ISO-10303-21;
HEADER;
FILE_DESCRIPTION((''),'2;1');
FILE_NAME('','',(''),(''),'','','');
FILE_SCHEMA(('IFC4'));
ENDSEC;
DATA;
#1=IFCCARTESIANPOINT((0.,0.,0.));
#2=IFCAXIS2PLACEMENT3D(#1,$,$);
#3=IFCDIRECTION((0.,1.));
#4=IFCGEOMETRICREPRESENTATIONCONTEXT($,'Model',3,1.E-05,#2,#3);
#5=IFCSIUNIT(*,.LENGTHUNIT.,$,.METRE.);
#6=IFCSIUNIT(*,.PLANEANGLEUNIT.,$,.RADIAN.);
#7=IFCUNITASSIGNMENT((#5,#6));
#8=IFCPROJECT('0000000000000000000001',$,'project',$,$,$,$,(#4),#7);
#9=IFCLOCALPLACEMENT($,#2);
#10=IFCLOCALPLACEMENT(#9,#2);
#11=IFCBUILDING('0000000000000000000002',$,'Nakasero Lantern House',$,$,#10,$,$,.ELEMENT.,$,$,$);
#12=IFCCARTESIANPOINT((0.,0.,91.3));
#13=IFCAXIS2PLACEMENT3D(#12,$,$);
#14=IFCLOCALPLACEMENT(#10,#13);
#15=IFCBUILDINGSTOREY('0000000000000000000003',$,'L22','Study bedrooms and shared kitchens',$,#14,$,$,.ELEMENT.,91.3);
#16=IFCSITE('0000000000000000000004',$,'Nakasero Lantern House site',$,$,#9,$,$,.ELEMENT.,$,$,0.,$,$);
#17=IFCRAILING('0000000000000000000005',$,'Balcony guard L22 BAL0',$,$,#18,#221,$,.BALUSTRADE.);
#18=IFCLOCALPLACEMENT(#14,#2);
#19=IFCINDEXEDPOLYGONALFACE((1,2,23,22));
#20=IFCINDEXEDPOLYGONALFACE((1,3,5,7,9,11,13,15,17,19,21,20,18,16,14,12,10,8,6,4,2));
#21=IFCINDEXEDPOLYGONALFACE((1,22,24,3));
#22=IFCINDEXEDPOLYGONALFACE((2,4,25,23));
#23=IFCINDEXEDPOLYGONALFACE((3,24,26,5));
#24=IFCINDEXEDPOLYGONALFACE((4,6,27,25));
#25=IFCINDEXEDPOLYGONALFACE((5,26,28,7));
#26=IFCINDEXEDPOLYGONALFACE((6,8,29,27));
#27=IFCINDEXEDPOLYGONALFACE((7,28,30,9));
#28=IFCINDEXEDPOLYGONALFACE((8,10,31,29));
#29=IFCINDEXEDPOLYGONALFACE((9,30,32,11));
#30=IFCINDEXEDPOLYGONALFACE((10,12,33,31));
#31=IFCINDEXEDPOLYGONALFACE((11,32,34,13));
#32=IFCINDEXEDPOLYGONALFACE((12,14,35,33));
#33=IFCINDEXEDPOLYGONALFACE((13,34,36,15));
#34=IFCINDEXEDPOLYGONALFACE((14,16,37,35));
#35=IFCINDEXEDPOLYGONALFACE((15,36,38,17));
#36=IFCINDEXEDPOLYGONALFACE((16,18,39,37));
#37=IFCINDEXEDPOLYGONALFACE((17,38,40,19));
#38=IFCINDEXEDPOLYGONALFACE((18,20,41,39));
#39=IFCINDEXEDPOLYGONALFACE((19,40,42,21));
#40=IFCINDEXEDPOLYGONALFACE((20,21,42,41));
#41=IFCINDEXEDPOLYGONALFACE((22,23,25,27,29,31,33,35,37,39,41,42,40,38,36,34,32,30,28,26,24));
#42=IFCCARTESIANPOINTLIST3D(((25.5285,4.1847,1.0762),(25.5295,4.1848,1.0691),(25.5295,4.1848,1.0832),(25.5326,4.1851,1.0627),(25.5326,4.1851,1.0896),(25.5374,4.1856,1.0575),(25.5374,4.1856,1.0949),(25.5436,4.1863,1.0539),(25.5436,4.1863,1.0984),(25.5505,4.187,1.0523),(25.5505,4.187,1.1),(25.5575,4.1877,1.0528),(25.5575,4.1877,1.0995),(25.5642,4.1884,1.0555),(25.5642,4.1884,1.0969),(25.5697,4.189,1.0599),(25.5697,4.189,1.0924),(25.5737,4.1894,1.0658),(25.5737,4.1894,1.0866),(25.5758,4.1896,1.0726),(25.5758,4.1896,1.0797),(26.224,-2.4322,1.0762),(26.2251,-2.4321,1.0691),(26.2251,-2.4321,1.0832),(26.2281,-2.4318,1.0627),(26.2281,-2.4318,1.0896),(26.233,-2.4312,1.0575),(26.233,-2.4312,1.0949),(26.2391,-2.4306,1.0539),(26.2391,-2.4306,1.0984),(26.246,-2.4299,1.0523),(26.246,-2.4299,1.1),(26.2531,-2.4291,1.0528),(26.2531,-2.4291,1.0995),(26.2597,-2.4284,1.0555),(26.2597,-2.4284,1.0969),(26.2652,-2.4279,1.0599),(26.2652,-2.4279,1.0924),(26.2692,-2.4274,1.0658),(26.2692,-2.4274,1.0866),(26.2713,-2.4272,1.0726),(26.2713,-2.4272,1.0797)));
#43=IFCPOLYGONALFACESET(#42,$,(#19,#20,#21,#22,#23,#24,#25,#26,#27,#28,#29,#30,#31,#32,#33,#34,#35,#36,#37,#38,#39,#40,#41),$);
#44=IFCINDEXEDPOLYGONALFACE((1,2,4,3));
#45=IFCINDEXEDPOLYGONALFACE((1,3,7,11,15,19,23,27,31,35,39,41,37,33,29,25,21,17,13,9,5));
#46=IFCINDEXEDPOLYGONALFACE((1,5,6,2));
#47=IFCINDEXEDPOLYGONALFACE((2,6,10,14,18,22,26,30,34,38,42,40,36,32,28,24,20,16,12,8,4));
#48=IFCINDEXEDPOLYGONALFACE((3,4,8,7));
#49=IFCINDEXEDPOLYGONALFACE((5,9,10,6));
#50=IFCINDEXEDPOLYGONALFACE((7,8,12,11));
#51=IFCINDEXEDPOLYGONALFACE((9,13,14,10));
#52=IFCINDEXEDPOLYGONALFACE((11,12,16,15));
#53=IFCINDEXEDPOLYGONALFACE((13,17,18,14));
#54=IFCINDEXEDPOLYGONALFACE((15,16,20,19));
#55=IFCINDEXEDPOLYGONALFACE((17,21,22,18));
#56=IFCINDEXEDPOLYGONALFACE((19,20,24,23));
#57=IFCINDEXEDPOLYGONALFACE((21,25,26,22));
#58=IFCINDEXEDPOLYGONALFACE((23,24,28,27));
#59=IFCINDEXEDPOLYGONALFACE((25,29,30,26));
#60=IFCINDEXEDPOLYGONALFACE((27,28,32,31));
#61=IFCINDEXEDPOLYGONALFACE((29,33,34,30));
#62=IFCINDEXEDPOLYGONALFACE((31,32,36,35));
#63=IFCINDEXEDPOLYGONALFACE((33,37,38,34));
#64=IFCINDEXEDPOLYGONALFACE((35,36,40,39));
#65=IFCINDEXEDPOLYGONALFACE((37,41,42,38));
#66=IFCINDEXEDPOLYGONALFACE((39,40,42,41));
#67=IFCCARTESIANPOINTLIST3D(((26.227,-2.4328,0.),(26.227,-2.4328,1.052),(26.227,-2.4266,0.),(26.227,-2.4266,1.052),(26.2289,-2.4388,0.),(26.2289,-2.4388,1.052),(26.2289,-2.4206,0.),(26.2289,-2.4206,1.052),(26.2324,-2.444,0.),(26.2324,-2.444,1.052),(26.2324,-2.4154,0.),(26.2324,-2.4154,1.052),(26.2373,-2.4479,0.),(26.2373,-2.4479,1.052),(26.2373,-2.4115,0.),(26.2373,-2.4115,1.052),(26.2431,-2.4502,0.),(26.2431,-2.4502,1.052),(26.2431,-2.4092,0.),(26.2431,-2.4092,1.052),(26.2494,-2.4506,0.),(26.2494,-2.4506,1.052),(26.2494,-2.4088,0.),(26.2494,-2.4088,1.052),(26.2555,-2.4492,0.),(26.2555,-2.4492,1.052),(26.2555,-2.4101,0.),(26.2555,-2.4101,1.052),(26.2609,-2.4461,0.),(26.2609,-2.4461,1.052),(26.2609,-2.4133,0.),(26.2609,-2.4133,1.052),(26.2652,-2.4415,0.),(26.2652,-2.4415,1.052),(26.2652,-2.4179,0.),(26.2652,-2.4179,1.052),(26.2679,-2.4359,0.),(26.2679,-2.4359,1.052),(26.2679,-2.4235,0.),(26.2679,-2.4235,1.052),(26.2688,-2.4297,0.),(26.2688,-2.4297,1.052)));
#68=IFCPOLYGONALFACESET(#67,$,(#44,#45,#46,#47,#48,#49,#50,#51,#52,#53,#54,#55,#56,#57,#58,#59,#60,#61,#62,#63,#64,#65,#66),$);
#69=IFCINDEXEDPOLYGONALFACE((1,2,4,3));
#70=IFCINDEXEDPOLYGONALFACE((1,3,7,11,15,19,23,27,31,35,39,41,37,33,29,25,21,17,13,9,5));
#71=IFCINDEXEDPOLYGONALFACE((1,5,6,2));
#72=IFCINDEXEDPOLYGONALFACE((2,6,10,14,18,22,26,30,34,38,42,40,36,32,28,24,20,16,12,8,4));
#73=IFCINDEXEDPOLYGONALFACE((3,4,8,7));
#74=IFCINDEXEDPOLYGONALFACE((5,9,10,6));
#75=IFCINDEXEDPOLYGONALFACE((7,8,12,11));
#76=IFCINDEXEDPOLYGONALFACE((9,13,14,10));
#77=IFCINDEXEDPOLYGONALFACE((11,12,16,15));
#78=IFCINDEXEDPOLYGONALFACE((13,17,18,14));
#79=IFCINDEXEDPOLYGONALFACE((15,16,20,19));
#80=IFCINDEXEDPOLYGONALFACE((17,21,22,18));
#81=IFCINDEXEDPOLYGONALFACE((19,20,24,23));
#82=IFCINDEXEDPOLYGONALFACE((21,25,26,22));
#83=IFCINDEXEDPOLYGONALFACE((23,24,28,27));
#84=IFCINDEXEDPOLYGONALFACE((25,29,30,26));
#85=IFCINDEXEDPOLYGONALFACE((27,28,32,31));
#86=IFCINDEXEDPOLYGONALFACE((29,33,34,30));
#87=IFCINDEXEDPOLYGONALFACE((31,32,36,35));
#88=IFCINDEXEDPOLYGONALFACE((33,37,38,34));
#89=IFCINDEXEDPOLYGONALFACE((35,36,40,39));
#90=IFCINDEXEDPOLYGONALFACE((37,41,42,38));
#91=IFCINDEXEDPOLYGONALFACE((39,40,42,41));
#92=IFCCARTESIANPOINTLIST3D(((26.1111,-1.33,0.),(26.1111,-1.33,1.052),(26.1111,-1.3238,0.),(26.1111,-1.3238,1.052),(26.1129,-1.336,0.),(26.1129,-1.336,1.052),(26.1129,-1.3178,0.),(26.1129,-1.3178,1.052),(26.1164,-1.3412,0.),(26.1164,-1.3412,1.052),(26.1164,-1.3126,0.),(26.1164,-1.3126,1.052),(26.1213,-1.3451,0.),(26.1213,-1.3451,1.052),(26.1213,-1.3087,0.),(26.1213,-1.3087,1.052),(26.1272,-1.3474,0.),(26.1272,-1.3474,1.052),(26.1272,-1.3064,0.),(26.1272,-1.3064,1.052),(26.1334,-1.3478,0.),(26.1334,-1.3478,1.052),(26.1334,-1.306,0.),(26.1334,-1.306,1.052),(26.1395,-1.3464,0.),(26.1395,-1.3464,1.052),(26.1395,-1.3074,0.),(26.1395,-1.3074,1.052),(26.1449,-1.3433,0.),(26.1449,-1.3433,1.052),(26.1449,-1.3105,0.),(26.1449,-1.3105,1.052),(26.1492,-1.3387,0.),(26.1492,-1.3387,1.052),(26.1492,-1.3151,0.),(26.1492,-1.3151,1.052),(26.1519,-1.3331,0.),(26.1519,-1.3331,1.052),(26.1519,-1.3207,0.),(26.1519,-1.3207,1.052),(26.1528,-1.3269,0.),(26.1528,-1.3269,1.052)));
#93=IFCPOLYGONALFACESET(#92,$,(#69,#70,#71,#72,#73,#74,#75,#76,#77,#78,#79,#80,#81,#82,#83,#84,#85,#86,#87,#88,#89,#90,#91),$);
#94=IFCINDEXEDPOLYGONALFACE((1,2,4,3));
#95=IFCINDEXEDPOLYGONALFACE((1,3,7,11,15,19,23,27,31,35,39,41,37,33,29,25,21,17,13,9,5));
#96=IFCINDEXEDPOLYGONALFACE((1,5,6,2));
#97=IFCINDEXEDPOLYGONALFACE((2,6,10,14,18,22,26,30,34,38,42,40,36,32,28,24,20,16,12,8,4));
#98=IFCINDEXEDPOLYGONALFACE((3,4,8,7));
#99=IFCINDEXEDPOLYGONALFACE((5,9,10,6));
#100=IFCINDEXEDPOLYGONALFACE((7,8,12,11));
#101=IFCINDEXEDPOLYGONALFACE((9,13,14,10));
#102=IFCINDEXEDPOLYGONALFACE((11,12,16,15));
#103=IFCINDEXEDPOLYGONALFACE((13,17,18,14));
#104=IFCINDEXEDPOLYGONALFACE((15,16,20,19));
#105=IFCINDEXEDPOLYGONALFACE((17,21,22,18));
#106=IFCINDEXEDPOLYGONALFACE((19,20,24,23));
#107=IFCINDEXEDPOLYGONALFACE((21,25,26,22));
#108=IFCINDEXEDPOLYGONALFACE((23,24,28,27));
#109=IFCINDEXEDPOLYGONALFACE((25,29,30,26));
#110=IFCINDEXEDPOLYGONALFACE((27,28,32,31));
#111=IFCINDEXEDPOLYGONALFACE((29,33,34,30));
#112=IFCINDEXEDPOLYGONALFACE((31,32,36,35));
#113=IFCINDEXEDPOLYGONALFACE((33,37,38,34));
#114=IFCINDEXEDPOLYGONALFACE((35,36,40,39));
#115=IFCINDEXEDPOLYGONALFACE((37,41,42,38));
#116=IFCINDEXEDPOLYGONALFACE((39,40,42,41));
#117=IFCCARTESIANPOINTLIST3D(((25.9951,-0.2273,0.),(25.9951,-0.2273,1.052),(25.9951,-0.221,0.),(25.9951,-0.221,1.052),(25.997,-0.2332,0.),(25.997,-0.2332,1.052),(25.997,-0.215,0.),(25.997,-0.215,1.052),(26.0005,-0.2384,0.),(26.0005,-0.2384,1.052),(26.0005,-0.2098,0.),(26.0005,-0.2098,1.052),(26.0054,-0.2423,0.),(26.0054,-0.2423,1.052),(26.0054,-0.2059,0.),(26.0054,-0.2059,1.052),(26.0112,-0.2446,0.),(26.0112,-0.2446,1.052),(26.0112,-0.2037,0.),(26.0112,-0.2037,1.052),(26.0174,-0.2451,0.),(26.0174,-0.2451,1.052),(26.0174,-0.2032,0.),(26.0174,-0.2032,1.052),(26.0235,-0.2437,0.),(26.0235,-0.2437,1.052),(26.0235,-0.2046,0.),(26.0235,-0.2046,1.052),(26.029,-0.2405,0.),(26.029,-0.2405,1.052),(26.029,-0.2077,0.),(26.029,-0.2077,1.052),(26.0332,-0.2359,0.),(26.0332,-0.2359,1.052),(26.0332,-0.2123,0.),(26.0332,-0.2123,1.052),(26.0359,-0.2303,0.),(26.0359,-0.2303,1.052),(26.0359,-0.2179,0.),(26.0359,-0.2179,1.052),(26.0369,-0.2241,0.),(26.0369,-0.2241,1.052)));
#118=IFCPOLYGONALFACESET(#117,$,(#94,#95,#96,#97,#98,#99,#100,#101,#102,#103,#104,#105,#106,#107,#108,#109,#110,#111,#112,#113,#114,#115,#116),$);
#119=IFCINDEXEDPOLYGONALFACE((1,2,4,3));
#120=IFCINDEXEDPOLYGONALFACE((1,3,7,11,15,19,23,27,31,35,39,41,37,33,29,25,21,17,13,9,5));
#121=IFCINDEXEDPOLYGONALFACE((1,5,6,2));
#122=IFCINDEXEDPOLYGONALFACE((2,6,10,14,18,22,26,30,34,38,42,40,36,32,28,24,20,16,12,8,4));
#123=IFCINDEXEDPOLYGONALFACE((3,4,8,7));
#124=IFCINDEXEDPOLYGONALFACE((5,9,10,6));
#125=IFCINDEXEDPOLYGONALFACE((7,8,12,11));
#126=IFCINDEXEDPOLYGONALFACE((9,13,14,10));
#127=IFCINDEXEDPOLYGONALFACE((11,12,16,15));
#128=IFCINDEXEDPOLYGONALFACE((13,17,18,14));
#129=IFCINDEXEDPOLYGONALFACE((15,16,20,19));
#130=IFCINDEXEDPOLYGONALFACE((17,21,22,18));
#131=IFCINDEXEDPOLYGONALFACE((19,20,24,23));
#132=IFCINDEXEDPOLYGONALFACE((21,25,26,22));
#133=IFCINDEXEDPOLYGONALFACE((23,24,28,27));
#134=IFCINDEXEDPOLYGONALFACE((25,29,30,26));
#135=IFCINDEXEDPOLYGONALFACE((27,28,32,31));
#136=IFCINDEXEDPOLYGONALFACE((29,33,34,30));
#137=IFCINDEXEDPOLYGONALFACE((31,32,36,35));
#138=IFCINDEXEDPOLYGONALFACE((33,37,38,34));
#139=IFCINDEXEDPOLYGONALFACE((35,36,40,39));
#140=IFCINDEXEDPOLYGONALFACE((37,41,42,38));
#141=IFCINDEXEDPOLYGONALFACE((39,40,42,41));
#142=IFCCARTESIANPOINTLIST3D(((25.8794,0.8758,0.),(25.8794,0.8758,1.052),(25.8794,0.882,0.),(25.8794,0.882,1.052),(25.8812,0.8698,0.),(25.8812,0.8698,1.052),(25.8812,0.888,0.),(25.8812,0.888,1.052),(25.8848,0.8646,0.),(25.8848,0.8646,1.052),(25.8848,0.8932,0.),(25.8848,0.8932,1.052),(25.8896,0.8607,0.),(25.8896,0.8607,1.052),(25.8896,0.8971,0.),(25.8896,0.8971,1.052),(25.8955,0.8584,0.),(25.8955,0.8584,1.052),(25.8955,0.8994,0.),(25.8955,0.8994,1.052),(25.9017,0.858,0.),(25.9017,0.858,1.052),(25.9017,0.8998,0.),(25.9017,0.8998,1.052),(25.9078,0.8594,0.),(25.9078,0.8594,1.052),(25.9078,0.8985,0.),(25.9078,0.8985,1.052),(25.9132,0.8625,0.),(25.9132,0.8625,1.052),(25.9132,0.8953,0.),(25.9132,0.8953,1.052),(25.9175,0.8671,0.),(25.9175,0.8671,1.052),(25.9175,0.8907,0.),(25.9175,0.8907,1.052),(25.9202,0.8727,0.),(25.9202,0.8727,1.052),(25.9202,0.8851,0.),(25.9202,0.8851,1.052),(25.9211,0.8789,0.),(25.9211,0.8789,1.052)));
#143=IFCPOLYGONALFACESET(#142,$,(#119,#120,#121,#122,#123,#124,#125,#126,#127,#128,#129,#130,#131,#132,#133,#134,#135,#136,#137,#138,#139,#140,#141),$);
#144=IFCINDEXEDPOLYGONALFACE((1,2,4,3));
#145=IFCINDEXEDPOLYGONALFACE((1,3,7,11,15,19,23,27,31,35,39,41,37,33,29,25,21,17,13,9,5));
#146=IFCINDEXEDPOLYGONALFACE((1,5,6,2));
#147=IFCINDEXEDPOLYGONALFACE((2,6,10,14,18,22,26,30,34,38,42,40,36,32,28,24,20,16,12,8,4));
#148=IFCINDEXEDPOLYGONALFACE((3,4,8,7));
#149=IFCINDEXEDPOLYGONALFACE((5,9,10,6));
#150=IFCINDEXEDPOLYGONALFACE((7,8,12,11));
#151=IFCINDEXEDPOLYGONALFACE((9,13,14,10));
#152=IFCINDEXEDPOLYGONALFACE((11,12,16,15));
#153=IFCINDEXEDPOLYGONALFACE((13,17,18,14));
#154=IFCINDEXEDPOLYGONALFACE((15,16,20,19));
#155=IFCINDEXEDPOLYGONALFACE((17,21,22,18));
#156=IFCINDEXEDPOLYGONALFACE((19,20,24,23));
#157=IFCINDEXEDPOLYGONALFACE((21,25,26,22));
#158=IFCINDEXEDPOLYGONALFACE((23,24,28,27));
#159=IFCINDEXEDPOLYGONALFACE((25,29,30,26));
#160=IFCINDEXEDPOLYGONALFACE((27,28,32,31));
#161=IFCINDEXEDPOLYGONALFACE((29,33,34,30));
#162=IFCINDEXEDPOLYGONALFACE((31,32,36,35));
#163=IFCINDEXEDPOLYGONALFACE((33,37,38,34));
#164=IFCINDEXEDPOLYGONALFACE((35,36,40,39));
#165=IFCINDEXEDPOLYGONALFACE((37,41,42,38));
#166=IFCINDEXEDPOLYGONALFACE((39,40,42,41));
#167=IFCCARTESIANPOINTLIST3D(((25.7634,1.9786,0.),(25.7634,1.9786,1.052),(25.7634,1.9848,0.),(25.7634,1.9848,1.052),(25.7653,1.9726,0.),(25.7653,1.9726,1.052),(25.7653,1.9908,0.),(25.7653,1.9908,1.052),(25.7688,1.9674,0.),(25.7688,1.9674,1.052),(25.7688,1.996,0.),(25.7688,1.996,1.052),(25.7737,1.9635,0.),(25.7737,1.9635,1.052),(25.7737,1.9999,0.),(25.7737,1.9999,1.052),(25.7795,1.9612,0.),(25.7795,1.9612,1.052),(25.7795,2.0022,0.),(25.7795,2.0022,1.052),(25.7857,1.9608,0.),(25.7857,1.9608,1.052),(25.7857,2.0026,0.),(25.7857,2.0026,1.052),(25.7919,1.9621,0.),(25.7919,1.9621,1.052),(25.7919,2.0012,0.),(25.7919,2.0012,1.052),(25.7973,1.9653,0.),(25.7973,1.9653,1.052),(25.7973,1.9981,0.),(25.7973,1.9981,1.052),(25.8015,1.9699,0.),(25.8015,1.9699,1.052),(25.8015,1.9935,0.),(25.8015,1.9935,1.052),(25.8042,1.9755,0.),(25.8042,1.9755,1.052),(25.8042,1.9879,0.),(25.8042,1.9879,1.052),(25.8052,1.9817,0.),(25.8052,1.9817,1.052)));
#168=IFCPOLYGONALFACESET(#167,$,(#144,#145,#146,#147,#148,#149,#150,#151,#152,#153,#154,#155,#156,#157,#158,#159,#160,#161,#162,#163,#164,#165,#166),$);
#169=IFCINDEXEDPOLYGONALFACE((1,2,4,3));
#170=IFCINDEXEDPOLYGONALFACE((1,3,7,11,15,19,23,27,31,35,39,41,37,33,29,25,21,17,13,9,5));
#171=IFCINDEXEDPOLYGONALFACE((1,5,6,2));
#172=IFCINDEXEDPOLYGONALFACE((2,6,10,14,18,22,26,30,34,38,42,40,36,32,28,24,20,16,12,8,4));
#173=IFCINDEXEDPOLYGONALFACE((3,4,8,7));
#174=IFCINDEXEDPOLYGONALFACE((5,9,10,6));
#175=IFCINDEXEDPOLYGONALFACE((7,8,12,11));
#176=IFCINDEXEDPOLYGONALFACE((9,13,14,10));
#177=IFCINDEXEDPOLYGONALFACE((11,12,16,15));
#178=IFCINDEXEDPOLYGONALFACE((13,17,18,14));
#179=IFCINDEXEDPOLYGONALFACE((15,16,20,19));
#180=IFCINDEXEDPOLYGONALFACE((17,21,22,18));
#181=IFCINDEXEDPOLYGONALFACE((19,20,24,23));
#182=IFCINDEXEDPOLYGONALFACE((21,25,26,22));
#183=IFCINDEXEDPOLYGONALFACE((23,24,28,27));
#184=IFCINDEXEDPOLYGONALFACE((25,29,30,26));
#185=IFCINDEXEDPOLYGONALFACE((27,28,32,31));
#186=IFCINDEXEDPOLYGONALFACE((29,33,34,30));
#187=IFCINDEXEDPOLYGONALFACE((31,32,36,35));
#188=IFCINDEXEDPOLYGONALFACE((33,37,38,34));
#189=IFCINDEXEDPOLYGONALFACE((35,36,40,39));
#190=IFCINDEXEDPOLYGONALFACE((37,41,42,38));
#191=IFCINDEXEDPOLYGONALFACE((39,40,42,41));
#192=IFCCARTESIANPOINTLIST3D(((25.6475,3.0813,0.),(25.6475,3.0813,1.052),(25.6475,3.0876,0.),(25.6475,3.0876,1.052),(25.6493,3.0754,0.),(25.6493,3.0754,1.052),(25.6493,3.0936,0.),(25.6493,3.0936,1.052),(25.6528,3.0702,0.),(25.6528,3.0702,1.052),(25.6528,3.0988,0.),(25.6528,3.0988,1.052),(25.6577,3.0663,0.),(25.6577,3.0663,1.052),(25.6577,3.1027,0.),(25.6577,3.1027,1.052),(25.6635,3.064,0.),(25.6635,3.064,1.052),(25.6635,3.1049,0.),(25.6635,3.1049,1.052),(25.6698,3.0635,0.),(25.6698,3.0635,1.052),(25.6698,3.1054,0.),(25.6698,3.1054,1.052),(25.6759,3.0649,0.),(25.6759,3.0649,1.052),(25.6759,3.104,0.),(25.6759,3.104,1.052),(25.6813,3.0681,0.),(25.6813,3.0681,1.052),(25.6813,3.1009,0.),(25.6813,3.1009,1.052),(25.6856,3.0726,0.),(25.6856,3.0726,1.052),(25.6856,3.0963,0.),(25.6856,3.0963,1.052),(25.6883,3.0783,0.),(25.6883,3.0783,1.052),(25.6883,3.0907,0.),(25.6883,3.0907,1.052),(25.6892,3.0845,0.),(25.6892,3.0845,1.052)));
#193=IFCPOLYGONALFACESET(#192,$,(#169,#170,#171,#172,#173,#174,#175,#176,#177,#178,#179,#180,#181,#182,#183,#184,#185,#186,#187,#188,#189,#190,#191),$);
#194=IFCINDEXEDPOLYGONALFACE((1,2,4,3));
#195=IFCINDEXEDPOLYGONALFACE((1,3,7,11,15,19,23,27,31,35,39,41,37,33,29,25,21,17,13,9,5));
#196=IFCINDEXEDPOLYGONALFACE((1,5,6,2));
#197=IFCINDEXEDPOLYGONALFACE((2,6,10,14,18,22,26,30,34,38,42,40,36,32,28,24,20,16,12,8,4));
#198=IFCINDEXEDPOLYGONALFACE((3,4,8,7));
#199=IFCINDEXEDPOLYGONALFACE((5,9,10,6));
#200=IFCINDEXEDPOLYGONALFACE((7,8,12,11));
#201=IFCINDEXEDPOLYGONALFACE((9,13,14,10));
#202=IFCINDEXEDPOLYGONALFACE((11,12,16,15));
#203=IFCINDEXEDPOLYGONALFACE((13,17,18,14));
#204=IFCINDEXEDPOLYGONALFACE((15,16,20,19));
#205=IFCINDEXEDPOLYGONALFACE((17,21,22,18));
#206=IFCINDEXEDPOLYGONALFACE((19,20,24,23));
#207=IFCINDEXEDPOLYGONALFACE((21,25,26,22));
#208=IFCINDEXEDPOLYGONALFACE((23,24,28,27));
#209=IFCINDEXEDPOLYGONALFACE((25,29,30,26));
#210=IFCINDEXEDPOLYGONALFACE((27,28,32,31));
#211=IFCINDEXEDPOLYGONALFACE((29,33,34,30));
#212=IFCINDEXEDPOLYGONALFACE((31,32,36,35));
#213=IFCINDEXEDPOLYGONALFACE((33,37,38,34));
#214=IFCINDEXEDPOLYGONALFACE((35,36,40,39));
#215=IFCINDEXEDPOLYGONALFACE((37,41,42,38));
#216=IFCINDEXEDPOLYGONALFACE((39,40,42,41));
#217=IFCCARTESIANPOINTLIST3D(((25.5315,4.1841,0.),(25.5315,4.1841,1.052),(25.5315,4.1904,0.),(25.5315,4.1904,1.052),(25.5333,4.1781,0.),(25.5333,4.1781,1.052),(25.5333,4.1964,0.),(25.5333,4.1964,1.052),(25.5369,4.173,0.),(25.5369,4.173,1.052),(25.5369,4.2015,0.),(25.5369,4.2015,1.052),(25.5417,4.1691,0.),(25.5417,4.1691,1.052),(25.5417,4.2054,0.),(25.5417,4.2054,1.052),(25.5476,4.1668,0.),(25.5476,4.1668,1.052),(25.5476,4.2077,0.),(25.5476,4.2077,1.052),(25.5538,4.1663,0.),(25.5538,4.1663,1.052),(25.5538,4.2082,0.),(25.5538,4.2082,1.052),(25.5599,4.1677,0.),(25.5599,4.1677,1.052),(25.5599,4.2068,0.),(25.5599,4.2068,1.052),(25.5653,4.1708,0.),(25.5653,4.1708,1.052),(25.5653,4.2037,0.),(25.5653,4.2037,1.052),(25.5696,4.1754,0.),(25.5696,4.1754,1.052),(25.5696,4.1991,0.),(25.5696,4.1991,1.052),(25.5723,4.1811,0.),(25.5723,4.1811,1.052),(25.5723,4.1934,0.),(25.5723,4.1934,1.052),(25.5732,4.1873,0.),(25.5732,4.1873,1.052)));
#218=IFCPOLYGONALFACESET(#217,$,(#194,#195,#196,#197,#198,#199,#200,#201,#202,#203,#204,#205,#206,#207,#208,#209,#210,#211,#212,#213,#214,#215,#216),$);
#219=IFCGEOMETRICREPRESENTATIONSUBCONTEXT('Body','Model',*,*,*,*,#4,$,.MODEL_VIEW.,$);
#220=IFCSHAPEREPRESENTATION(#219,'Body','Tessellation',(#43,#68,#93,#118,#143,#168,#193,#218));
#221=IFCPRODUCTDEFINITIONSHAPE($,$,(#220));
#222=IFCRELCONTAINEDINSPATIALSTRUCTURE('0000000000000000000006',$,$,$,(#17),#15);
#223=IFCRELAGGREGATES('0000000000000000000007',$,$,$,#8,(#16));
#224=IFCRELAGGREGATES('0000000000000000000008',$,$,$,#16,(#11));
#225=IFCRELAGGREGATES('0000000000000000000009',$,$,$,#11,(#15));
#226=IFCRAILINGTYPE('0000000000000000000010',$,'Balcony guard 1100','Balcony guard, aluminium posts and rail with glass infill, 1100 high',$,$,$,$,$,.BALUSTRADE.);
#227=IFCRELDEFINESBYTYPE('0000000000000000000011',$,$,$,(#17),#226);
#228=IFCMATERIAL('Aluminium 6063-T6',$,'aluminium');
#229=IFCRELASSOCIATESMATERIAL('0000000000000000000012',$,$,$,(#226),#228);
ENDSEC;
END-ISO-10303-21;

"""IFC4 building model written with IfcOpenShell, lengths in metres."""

from ifc_helpers import new_model, si_unit, direction, frame, origin, origin_2d, place, context, subcontext, project, spatial, circle, extrude, material, type_object, element, save


model = new_model("IFC4")

# Units and contexts
model_context = context("Model", 3, precision=1e-05, world=origin(), true_north=direction((0.0, 1.0)))
body_context = subcontext(model_context, "Body", "Model", "MODEL_VIEW")
ifc_project = project(units=[si_unit("LENGTHUNIT", "METRE"), si_unit("PLANEANGLEUNIT", "RADIAN")], contexts=[model_context])

# Site, building, storey
site_placement = place(None, origin())
site = spatial("IfcSite", under=ifc_project, at=site_placement, Name="Nakasero Lantern House site", CompositionType="ELEMENT", RefElevation=0.0)
building_placement = place(site_placement, origin())
building = spatial("IfcBuilding", under=site, at=building_placement, Name="Nakasero Lantern House", CompositionType="ELEMENT")
storey_placement = place(building_placement, frame((0.0, 0.0, 91.3)))
storey = spatial("IfcBuildingStorey", under=building, at=storey_placement, Name="L22", Description="Study bedrooms and shared kitchens", CompositionType="ELEMENT", Elevation=91.3)

# Railing
ifc_material_1 = material(Name="Aluminium 6063-T6", Category="aluminium")
railing_type = type_object("IfcRailingType", Name="Balcony guard 1100", Description="Balcony guard, aluminium posts and rail with glass infill, 1100 high", PredefinedType="BALUSTRADE", material=ifc_material_1)
railing_placement = place(storey_placement, frame((26.2478, -2.4297, 0.0)))
element("IfcRailing", 1, at=railing_placement, inside=storey, type_object=railing_type, Name="Balcony guard L22 BAL0", PredefinedType="BALUSTRADE", context=body_context, shape_type="SweptSolid", body=[
    extrude(circle(Radius=0.0239, at=origin_2d()), frame((0.0, 0.0, 1.0762), z_axis=(-0.104542, 0.994521, 0.0), x_axis=(-0.994521, -0.104542, 0.0)), (0.0, 0.0, 1.0), 6.6533),
    extrude(circle(Radius=0.021, at=origin_2d()), origin(), (0.0, 0.0, 1.0), 1.052),
    extrude(circle(Radius=0.021, at=origin_2d()), frame((-0.116, 1.1028, 0.0)), (0.0, 0.0, 1.0), 1.052),
    extrude(circle(Radius=0.021, at=origin_2d()), frame((-0.2319, 2.2056, 0.0)), (0.0, 0.0, 1.0), 1.052),
    extrude(circle(Radius=0.021, at=origin_2d()), frame((-0.3477, 3.3086, 0.0)), (0.0, 0.0, 1.0), 1.052),
    extrude(circle(Radius=0.021, at=origin_2d()), frame((-0.4636, 4.4114, 0.0)), (0.0, 0.0, 1.0), 1.052),
    extrude(circle(Radius=0.021, at=origin_2d()), frame((-0.5796, 5.5142, 0.0)), (0.0, 0.0, 1.0), 1.052),
    extrude(circle(Radius=0.021, at=origin_2d()), frame((-0.6956, 6.6169, 0.0)), (0.0, 0.0, 1.0), 1.052),
])

save(model, "model.ifc")
